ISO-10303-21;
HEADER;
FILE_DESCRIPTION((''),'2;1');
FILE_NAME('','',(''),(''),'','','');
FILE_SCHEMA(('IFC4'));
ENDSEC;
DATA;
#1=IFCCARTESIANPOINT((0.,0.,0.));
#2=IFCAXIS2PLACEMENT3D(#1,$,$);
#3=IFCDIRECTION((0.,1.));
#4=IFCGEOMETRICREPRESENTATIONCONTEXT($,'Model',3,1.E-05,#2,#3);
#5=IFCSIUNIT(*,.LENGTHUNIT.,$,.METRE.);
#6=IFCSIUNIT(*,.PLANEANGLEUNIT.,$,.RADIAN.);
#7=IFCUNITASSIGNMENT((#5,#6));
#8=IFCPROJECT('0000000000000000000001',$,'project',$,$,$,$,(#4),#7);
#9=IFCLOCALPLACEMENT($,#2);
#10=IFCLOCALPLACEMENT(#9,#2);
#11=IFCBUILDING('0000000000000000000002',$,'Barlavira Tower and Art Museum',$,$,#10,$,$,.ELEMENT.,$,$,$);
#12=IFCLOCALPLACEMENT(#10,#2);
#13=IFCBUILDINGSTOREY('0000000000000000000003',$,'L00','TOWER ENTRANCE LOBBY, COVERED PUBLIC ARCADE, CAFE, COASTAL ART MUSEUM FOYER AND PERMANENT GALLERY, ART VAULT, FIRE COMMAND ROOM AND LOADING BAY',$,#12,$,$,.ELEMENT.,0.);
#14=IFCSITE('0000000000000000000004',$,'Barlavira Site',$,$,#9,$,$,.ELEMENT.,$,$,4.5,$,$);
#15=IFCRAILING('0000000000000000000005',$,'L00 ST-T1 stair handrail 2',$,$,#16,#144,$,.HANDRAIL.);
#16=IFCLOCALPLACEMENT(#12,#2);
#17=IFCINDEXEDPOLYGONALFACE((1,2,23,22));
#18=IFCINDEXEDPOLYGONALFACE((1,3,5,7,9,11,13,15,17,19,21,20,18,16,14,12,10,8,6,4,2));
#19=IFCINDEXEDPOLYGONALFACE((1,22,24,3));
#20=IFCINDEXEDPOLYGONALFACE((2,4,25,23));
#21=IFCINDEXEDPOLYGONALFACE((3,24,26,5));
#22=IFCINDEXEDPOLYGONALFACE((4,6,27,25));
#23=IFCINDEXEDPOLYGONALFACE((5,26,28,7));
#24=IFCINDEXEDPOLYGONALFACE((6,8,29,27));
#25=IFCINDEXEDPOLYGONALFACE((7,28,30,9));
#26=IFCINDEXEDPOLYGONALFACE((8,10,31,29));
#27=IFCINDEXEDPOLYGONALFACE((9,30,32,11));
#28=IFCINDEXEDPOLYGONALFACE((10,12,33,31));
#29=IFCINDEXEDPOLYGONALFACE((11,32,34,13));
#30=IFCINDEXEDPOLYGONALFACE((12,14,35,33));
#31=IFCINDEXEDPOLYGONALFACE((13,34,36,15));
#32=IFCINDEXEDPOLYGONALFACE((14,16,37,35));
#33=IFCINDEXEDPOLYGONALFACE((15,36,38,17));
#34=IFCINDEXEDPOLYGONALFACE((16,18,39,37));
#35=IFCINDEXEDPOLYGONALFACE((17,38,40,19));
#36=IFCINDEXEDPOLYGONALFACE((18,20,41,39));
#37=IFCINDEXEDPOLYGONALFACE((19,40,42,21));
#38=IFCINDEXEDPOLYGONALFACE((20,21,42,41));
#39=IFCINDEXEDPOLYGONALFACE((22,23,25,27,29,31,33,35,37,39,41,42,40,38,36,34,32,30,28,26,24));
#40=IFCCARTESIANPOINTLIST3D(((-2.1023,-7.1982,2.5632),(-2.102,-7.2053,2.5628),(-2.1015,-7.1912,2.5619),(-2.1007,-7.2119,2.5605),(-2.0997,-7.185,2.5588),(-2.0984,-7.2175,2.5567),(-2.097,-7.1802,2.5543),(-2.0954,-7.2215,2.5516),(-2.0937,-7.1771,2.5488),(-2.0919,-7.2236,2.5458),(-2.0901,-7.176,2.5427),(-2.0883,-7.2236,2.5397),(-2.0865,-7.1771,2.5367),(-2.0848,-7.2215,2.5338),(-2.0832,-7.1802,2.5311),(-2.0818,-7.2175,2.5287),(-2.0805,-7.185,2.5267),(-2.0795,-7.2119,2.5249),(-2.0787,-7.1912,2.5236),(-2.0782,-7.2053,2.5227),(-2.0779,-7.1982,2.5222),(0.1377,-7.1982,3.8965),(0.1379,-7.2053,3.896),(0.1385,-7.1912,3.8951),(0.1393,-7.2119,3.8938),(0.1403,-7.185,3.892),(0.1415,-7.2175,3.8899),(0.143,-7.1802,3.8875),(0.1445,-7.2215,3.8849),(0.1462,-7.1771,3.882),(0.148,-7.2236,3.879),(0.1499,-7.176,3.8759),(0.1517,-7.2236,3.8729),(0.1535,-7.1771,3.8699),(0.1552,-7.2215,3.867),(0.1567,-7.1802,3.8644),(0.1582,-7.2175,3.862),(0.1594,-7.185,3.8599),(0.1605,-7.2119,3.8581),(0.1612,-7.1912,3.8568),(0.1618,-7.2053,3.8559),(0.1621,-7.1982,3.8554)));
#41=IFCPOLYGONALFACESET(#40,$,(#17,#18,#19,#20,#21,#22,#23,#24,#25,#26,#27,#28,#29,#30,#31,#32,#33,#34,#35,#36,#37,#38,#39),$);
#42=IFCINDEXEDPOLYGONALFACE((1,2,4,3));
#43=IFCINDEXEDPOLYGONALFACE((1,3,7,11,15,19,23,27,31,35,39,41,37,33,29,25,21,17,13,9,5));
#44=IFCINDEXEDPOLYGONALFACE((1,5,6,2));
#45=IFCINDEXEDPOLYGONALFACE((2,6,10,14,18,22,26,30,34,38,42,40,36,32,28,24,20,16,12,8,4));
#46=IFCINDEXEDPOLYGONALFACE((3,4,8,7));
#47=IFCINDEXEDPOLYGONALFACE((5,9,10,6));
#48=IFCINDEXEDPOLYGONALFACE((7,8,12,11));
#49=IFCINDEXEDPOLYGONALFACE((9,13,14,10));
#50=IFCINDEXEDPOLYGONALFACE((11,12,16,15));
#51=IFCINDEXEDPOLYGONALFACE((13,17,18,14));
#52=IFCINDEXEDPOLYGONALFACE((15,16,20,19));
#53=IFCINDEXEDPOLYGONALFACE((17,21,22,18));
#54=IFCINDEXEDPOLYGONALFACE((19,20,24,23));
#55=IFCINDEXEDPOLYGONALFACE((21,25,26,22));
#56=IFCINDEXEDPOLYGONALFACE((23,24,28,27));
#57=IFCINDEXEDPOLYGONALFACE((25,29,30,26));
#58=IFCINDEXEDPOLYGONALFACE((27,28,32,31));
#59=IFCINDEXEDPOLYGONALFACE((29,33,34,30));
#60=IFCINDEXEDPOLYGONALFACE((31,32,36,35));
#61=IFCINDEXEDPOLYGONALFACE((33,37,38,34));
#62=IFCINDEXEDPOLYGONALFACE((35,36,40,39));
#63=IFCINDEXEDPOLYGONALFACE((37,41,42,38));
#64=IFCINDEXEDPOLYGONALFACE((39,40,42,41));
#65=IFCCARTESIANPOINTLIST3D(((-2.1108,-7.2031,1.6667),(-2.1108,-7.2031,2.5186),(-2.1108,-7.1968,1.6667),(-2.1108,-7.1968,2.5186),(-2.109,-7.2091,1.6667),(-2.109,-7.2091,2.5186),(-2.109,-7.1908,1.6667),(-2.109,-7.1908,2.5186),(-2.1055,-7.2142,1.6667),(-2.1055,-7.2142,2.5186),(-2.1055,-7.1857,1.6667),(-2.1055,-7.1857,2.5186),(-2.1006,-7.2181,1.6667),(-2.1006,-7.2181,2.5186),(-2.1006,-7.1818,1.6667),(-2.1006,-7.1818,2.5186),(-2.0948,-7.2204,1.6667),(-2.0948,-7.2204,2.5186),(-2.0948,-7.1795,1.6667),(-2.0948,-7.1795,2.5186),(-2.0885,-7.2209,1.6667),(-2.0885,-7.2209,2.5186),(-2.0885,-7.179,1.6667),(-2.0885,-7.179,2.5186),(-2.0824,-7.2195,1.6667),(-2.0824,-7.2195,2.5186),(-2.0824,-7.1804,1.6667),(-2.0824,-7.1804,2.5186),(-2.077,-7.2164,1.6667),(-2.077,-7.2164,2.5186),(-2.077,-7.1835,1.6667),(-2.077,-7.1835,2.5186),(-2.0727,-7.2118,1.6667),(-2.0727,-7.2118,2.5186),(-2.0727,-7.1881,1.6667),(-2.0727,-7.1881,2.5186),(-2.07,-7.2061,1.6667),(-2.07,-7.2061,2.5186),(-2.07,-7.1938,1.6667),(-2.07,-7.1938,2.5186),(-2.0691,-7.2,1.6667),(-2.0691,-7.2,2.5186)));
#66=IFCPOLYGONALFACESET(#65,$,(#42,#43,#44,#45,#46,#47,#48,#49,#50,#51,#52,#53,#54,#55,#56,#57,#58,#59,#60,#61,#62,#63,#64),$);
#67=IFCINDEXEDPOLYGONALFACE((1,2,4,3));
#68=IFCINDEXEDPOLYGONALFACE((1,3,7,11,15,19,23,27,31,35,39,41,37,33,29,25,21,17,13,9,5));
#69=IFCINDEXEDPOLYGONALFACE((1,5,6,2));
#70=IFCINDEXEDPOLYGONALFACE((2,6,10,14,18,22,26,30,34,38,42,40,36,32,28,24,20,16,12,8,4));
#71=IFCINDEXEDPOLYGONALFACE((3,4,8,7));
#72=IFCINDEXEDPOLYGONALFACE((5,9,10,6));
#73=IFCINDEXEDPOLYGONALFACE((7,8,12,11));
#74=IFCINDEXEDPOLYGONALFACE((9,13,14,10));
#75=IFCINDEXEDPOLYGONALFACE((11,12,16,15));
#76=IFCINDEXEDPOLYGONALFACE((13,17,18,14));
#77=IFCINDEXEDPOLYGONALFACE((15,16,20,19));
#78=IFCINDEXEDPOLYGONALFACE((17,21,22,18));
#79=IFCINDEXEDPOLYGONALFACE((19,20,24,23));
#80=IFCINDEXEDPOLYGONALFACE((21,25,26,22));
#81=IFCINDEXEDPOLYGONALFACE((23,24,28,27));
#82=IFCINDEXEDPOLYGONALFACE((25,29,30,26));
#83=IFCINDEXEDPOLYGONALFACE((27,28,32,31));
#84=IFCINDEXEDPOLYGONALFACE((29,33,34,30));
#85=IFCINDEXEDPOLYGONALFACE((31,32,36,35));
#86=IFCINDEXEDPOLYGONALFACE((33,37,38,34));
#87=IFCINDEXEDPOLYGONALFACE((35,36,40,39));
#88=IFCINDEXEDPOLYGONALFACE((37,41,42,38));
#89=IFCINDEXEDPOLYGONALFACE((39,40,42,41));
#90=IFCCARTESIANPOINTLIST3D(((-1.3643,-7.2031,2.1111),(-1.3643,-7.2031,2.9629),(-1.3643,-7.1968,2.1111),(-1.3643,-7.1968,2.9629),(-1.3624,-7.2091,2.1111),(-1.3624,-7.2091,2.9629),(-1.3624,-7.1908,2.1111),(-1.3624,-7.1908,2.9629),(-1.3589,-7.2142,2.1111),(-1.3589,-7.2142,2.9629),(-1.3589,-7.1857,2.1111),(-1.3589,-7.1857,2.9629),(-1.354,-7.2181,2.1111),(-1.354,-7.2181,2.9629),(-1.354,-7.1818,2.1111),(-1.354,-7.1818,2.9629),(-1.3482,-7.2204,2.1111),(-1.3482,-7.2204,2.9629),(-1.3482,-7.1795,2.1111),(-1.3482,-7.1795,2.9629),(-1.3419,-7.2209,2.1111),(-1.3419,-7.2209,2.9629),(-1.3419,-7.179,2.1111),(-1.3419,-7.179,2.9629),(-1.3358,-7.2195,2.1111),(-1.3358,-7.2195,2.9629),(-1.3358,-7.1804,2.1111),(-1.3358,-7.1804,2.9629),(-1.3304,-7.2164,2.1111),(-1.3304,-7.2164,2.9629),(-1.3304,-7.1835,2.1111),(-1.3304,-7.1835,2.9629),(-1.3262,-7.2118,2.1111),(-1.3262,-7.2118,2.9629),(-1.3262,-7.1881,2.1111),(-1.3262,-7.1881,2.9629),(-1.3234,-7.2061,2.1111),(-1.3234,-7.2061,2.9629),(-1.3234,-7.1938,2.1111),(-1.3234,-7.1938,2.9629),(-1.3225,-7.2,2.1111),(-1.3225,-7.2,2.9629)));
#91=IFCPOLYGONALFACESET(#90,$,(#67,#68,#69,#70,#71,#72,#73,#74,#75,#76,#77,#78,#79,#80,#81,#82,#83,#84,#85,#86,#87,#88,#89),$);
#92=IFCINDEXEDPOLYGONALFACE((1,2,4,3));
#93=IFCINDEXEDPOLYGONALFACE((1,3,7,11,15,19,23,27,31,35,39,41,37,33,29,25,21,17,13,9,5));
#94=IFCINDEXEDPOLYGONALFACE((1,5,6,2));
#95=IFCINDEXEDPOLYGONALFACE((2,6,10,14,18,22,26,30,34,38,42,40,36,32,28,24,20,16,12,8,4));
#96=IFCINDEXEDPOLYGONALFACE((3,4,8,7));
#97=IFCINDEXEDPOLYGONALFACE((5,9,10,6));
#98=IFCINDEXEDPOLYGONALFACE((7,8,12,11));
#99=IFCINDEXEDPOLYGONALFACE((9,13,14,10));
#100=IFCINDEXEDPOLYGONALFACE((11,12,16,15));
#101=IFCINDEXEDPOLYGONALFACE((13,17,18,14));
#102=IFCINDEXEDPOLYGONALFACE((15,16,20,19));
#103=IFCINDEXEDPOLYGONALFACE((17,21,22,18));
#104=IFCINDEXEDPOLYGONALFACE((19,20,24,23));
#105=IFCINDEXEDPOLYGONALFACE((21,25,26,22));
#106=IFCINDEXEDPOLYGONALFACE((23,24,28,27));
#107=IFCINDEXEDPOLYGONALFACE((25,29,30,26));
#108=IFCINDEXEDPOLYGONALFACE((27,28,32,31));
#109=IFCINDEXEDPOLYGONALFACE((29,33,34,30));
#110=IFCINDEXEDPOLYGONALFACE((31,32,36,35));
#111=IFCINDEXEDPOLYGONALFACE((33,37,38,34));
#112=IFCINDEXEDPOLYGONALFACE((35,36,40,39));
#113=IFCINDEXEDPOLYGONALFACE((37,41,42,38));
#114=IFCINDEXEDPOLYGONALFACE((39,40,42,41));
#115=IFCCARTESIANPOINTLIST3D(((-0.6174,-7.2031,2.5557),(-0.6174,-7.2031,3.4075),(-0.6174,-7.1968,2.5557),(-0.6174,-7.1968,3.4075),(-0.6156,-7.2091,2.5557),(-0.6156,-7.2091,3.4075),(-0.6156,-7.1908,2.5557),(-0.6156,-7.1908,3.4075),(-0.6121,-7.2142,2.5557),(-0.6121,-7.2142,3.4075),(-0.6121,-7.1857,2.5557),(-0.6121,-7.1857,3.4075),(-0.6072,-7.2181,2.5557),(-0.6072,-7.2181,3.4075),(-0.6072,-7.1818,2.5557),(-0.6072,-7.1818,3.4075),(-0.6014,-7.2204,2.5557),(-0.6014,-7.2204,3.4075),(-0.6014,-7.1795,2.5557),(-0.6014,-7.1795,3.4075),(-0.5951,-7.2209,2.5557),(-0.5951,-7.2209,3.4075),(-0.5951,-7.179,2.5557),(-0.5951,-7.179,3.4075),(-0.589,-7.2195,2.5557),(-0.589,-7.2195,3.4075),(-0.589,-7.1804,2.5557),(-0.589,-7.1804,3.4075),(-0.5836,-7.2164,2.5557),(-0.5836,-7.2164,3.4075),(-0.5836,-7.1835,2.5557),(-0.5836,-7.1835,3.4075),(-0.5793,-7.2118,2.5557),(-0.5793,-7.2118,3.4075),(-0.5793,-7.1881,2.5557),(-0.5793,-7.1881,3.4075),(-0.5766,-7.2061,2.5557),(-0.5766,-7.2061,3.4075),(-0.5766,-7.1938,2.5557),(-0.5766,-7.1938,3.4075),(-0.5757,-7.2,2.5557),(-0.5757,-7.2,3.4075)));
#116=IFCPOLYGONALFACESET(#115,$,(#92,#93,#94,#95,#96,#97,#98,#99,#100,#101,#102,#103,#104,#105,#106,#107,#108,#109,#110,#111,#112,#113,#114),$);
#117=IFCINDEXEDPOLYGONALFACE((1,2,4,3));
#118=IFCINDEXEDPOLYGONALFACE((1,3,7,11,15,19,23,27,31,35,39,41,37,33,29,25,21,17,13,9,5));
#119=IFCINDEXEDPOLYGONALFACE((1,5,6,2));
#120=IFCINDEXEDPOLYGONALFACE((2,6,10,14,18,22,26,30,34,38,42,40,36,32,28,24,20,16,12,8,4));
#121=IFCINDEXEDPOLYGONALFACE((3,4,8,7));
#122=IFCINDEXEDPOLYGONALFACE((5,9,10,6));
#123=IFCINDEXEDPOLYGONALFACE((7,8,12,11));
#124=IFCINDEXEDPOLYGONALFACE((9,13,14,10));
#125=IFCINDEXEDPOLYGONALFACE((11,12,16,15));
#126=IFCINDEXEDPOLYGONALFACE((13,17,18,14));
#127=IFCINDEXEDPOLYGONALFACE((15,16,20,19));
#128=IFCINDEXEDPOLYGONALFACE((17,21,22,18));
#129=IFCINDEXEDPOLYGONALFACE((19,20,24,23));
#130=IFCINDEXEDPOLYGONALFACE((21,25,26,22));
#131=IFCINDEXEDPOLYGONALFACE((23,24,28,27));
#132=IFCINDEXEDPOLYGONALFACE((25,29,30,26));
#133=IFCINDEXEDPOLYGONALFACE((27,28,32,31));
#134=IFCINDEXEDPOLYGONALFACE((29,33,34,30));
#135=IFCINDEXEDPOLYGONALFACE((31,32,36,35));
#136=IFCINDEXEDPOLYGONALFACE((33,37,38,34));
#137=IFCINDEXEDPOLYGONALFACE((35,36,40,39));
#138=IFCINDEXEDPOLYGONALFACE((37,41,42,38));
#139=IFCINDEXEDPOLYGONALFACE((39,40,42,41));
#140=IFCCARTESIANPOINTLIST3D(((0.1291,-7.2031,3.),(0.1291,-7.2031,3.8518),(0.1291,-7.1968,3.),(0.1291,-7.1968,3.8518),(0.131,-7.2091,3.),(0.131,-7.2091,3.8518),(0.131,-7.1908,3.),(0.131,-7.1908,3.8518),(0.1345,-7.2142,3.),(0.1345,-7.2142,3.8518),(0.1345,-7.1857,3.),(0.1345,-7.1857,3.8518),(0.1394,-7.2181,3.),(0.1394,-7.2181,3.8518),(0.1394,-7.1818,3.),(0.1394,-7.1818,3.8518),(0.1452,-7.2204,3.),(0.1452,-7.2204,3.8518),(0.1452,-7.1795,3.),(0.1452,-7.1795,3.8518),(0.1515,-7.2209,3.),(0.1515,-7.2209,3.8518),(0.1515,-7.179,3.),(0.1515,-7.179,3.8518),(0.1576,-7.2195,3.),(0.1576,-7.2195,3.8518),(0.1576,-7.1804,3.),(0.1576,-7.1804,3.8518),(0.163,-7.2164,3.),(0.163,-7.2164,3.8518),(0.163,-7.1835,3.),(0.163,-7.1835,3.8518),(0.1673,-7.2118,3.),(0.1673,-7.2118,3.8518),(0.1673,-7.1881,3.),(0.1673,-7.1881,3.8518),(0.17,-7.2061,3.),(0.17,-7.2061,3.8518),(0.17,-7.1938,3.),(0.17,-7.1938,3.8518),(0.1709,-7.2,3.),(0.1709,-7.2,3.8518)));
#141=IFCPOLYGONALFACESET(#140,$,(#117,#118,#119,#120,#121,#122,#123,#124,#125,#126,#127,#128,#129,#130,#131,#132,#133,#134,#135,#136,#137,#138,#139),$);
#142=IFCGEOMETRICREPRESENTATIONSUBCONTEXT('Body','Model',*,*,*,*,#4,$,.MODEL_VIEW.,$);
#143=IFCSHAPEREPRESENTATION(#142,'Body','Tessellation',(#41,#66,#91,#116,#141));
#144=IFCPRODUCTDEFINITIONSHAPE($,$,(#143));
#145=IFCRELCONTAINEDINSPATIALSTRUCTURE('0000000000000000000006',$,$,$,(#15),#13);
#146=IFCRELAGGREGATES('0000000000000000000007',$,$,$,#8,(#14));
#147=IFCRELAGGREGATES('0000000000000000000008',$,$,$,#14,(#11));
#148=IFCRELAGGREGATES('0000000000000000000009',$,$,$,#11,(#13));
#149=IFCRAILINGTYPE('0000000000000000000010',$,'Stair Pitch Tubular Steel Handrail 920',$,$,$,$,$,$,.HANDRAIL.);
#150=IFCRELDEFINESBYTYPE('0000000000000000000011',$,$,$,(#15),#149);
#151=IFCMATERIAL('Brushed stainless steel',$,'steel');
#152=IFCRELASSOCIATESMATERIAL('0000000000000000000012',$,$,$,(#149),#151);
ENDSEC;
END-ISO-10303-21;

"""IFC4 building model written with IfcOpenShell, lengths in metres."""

from ifc_helpers import new_model, si_unit, direction, frame, origin, origin_2d, place, context, subcontext, project, spatial, circle, extrude, material, type_object, element, save


model = new_model("IFC4")

# Units and contexts
model_context = context("Model", 3, precision=1e-05, world=origin(), true_north=direction((0.0, 1.0)))
body_context = subcontext(model_context, "Body", "Model", "MODEL_VIEW")
ifc_project = project(units=[si_unit("LENGTHUNIT", "METRE"), si_unit("PLANEANGLEUNIT", "RADIAN")], contexts=[model_context])

# Site, building, storey
site_placement = place(None, origin())
site = spatial("IfcSite", under=ifc_project, at=site_placement, Name="Barlavira Site", CompositionType="ELEMENT", RefElevation=4.5)
building_placement = place(site_placement, origin())
building = spatial("IfcBuilding", under=site, at=building_placement, Name="Barlavira Tower and Art Museum", CompositionType="ELEMENT")
storey_placement = place(building_placement, origin())
storey = spatial("IfcBuildingStorey", under=building, at=storey_placement, Name="L00", Description="TOWER ENTRANCE LOBBY, COVERED PUBLIC ARCADE, CAFE, COASTAL ART MUSEUM FOYER AND PERMANENT GALLERY, ART VAULT, FIRE COMMAND ROOM AND LOADING BAY", CompositionType="ELEMENT", Elevation=0.0)

# Shared definitions
ifc_material_1 = material(Name="Brushed stainless steel", Category="steel")

# Railing
railing_type_1 = type_object("IfcRailingType", Name="Stair Pitch Tubular Steel Handrail 920", PredefinedType="HANDRAIL", material=ifc_material_1)
for number, where, name in (
    (1, (-2.0901, -7.2, 1.6667), "L00 ST-T1 stair handrail 2"),
):
    element("IfcRailing", number, at=place(storey_placement, frame(where)), inside=storey, type_object=railing_type_1, Name=name, PredefinedType="HANDRAIL", context=body_context, shape_type="SweptSolid", body=[
        extrude(circle(Radius=0.0239, at=origin_2d()), frame((0.0, 0.0, 0.876), z_axis=(0.859306, 0.0, 0.511462), x_axis=(0.0, 1.0, 0.0)), (0.0, 0.0, 1.0), 2.6067),
        extrude(circle(Radius=0.021, at=origin_2d()), origin(), (0.0, 0.0, 1.0), 0.8518),
        extrude(circle(Radius=0.021, at=origin_2d()), frame((0.7466, 0.0, 0.4443)), (0.0, 0.0, 1.0), 0.8518),
        extrude(circle(Radius=0.021, at=origin_2d()), frame((1.4934, 0.0, 0.8889)), (0.0, 0.0, 1.0), 0.8518),
        extrude(circle(Radius=0.021, at=origin_2d()), frame((2.24, 0.0, 1.3333)), (0.0, 0.0, 1.0), 0.8518),
    ])

save(model, "model.ifc")
